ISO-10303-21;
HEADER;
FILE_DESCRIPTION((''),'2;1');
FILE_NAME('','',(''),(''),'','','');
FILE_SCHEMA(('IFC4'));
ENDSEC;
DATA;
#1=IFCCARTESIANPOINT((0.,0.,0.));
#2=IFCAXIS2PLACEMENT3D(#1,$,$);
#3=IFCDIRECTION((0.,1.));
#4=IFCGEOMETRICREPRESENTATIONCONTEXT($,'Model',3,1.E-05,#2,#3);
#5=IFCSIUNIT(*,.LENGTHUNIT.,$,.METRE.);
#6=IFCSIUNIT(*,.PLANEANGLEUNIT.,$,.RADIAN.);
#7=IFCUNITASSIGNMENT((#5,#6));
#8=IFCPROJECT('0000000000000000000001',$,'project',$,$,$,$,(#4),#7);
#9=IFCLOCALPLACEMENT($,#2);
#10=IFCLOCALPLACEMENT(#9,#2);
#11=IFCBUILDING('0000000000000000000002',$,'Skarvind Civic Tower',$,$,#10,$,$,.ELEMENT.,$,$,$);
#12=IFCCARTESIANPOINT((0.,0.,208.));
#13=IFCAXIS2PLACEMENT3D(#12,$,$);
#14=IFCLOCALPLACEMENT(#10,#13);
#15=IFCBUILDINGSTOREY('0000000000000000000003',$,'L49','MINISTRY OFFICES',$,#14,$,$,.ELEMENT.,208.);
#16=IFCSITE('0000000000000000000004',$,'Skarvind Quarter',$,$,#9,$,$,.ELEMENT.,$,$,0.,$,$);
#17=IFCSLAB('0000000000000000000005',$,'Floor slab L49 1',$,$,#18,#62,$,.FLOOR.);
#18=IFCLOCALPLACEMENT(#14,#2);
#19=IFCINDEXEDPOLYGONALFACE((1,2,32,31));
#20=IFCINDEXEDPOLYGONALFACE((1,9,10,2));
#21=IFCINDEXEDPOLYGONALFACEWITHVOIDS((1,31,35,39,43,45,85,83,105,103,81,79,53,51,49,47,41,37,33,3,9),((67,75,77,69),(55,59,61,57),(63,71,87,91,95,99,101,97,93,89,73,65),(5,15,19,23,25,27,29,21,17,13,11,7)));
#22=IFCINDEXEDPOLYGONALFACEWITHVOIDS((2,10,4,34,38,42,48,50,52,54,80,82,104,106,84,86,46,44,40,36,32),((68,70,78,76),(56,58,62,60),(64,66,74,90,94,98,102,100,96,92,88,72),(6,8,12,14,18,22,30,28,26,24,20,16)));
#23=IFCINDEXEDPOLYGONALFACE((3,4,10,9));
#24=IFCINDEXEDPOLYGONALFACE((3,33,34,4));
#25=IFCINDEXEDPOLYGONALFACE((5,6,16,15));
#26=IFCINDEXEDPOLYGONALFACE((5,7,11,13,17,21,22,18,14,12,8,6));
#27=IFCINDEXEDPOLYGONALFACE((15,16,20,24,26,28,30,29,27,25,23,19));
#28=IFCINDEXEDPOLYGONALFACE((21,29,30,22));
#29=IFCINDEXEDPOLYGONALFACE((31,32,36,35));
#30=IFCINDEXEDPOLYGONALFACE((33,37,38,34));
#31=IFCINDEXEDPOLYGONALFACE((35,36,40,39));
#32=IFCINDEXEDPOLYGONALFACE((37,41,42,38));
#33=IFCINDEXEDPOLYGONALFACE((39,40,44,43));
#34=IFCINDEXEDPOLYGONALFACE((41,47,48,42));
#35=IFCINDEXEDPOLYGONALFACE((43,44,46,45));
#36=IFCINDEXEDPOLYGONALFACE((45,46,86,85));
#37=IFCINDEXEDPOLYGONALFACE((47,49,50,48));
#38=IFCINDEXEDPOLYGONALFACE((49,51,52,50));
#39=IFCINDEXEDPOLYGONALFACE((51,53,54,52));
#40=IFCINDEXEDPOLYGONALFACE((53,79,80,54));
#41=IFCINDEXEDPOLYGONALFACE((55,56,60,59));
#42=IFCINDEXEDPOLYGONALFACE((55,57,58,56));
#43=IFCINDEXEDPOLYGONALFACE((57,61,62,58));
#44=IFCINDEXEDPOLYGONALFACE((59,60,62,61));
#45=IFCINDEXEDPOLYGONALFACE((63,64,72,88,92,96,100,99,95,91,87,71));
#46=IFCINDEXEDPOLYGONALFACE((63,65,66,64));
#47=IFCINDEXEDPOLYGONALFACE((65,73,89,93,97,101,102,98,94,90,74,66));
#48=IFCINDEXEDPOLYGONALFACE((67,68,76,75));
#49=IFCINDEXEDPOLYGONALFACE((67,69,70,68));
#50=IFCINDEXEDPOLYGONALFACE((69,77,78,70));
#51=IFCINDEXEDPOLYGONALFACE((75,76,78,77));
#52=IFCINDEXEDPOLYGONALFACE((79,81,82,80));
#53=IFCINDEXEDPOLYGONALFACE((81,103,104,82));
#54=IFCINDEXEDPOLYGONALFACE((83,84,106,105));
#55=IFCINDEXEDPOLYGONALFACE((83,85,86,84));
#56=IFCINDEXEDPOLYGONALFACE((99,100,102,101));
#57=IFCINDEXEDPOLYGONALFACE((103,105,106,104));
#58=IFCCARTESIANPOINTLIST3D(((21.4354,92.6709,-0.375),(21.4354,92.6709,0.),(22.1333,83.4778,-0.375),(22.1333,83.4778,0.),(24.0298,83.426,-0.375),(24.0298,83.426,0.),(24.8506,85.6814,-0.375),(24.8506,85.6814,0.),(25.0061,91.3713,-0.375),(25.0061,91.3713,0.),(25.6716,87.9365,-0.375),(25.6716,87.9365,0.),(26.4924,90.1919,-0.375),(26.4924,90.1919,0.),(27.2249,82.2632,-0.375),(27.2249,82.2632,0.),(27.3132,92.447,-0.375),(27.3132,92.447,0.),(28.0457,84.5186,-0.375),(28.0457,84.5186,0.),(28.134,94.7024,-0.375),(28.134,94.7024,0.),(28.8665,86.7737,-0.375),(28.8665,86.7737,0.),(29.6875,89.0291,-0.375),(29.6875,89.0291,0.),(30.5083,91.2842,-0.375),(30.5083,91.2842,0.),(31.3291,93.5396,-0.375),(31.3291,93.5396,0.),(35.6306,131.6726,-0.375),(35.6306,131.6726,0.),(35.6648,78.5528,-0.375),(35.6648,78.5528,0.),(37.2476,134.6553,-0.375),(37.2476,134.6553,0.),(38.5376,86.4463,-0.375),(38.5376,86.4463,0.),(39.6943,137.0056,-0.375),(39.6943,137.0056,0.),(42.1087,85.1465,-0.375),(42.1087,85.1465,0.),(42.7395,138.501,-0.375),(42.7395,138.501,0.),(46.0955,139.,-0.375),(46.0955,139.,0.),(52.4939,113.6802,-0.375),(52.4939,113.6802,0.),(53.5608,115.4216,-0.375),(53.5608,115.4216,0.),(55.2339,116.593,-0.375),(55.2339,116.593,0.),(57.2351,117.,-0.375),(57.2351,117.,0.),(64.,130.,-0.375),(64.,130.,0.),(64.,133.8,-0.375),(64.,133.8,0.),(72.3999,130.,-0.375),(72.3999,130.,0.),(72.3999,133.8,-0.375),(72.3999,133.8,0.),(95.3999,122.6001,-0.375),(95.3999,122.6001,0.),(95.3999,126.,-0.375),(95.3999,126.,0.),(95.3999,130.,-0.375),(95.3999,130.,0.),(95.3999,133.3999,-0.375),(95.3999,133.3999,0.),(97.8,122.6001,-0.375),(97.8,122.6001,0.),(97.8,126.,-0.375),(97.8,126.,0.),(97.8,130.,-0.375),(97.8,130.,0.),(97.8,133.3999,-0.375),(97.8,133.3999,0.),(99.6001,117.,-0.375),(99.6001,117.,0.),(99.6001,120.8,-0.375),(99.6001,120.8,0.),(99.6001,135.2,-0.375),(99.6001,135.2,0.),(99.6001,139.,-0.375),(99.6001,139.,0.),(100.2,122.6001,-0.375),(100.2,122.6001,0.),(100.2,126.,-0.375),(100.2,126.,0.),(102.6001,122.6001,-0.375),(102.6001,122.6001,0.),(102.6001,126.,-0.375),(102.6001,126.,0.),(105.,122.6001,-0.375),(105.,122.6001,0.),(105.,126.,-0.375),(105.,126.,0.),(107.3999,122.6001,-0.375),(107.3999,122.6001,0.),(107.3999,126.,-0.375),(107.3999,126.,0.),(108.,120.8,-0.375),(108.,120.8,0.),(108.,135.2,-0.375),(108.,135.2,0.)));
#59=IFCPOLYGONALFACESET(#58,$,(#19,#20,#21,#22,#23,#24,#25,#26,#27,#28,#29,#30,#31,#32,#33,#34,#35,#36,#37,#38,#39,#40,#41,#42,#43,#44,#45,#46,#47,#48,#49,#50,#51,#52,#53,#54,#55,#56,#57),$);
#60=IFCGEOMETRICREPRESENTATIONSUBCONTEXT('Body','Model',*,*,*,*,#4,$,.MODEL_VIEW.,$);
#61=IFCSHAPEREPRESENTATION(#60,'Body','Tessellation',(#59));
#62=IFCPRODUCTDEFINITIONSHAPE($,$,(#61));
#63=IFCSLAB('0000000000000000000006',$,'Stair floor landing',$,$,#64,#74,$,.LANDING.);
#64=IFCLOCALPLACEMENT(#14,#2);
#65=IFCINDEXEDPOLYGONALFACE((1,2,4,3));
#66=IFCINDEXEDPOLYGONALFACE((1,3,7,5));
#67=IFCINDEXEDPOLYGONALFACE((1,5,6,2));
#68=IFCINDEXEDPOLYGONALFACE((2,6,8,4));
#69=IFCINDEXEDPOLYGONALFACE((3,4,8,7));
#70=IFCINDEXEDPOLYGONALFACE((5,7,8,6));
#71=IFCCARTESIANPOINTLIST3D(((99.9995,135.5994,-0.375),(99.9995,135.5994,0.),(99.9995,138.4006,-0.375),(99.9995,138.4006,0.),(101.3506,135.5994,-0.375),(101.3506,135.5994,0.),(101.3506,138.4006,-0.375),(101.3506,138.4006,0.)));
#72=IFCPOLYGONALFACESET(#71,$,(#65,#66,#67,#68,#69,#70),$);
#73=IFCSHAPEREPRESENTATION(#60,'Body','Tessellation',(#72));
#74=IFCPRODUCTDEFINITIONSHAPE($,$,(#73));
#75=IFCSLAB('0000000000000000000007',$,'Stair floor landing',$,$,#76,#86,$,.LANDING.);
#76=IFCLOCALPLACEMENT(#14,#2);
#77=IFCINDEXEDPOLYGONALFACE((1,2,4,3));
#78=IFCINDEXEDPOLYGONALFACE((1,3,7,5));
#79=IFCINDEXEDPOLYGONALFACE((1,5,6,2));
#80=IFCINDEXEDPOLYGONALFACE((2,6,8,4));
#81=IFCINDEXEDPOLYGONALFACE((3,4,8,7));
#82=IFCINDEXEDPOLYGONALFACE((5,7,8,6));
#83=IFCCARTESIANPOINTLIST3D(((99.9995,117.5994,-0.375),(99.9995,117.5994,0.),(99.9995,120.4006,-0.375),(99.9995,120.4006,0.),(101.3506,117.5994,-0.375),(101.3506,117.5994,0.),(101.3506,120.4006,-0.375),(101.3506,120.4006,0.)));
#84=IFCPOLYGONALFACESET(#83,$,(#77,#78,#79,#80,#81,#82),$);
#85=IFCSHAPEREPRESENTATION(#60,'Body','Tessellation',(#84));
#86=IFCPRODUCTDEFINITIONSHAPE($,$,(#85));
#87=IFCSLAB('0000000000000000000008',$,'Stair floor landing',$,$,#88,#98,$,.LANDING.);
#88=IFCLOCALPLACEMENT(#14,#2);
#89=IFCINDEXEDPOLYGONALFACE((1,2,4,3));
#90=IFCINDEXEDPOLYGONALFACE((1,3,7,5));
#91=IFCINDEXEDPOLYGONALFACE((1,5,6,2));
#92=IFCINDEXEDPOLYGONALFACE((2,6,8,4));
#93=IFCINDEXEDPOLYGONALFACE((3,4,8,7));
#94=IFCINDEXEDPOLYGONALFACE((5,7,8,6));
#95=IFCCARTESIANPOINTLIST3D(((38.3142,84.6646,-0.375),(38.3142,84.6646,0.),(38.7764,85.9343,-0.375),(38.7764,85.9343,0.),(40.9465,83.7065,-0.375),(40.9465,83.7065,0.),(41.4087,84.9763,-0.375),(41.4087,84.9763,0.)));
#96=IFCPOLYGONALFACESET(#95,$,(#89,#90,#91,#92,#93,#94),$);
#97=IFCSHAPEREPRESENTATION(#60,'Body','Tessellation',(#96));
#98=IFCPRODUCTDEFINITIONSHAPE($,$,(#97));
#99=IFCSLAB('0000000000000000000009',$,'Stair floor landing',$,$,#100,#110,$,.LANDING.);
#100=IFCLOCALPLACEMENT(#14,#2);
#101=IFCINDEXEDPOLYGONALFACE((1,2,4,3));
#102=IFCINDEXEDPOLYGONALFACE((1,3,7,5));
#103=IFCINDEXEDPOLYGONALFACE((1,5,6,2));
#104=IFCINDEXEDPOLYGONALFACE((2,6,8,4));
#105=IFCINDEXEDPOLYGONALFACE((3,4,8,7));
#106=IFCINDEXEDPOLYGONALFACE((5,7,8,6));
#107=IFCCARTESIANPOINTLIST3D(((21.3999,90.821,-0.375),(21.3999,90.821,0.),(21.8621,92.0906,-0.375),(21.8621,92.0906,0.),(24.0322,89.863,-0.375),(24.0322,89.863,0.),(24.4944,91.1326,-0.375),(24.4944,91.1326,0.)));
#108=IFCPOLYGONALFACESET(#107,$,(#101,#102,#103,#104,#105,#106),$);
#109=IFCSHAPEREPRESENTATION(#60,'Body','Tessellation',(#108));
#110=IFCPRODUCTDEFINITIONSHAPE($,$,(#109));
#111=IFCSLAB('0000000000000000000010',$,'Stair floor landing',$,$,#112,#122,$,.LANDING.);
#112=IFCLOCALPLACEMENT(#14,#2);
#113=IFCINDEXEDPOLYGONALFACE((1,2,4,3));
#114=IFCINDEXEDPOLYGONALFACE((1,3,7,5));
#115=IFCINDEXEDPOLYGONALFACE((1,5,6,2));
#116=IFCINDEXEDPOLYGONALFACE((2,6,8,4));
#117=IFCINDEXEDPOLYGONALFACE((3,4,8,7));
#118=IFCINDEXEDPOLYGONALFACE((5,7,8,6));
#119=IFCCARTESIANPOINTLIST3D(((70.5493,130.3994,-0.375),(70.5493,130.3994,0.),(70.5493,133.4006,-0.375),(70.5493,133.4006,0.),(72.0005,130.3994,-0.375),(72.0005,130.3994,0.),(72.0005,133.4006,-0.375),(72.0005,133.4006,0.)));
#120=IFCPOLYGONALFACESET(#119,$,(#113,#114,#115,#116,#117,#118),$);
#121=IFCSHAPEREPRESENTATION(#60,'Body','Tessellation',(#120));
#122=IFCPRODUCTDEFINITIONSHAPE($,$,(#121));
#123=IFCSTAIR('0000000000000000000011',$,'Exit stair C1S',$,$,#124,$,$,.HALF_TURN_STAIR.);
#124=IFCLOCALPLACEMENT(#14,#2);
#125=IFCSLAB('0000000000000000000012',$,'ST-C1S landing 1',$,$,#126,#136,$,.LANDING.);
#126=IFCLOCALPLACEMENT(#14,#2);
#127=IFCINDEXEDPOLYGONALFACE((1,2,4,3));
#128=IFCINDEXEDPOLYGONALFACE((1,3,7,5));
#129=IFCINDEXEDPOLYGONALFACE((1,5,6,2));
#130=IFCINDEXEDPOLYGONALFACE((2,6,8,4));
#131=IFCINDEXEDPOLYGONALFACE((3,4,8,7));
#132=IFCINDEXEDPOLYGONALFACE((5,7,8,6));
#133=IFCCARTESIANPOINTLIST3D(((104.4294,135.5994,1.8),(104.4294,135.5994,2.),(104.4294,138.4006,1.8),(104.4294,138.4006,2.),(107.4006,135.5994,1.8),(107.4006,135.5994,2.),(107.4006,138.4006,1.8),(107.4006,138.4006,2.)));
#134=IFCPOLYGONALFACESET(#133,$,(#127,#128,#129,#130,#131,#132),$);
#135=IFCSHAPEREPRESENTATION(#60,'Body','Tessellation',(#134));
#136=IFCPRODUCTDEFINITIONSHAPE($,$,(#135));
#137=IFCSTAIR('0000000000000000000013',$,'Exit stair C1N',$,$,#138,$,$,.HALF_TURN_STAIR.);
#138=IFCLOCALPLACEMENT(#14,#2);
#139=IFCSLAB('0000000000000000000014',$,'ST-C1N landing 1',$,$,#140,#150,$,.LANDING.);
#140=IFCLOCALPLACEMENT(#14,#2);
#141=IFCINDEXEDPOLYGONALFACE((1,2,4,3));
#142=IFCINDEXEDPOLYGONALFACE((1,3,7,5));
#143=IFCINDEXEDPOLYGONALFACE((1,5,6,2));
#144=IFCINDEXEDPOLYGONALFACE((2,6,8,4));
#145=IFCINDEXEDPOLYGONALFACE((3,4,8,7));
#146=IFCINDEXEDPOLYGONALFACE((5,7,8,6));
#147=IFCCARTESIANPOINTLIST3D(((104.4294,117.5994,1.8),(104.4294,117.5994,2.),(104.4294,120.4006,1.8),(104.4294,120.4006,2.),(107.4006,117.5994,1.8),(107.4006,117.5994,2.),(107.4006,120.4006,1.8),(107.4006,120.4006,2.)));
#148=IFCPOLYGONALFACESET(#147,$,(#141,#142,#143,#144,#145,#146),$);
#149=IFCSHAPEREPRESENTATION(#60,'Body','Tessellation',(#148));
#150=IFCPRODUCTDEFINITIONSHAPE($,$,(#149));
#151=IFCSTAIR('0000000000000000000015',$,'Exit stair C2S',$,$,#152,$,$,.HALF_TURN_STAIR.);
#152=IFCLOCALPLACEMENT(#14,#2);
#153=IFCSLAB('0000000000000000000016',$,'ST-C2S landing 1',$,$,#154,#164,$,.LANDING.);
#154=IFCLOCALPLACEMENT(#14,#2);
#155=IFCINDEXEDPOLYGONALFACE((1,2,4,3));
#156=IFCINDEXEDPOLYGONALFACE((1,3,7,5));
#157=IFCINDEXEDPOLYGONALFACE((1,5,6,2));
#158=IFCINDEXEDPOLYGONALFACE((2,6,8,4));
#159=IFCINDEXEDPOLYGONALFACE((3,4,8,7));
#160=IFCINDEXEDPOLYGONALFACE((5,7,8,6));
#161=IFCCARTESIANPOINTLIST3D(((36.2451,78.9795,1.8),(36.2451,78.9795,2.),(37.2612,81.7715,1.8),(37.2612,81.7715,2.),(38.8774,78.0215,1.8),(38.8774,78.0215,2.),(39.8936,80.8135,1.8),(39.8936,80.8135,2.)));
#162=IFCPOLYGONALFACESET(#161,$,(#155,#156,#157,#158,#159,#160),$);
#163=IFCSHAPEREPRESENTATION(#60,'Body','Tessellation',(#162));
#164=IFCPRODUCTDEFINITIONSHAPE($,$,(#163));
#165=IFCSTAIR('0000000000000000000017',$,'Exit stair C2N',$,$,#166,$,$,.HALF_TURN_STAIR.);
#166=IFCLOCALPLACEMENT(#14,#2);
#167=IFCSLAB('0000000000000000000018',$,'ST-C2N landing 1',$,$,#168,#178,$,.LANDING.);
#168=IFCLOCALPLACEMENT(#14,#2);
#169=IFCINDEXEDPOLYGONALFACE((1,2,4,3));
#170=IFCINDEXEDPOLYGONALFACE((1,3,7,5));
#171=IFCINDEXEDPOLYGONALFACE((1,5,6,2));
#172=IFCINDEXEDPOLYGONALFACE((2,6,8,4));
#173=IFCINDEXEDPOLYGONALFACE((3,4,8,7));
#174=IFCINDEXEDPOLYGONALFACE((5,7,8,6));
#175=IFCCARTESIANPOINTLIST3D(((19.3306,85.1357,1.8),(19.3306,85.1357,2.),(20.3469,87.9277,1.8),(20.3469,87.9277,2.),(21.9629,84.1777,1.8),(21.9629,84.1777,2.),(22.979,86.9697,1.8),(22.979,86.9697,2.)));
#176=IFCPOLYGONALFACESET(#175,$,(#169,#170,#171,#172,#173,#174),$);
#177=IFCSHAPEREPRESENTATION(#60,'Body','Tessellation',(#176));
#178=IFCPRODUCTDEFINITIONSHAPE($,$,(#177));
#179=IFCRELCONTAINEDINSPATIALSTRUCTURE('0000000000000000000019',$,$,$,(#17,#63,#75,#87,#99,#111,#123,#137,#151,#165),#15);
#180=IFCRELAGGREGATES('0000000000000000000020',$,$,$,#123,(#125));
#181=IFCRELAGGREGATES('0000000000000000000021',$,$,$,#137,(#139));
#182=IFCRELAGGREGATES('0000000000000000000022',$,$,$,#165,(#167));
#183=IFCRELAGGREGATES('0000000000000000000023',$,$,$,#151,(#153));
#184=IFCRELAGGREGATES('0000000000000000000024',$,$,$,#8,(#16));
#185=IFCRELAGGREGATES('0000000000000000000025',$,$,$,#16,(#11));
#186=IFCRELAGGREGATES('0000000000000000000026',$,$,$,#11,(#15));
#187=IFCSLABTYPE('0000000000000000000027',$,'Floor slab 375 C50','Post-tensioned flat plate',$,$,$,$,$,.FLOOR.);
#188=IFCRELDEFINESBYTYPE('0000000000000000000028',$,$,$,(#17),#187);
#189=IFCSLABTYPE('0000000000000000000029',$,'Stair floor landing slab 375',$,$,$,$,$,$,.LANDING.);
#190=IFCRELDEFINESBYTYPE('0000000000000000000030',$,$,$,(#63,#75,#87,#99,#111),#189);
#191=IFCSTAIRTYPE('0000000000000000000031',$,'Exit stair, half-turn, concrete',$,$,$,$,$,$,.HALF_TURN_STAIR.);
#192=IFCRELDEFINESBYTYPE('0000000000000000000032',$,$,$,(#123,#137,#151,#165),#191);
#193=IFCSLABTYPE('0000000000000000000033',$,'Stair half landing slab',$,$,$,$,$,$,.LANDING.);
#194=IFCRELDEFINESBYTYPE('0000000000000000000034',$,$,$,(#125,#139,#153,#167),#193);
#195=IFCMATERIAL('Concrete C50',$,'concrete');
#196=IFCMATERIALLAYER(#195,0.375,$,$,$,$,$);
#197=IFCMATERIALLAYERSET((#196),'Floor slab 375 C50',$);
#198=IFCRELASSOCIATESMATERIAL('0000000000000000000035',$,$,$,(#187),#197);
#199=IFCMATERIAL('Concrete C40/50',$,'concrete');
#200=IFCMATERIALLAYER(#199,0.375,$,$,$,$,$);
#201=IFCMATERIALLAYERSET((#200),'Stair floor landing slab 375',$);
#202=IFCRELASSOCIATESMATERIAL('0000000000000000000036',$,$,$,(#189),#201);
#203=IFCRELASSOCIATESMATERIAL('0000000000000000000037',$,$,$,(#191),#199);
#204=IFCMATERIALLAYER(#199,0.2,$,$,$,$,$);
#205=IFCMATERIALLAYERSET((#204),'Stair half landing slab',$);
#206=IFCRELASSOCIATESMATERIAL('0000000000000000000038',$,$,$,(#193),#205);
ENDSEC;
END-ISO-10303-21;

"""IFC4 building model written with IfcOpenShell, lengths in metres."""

from ifc_helpers import new_model, si_unit, direction, frame, origin, place, context, subcontext, project, spatial, polyline, outline, extrude, material, layer, layer_set, type_object, element, aggregate, save


model = new_model("IFC4")

# Units and contexts
model_context = context("Model", 3, precision=1e-05, world=origin(), true_north=direction((0.0, 1.0)))
body_context = subcontext(model_context, "Body", "Model", "MODEL_VIEW")
ifc_project = project(units=[si_unit("LENGTHUNIT", "METRE"), si_unit("PLANEANGLEUNIT", "RADIAN")], contexts=[model_context])

# Site, building, storey
site_placement = place(None, origin())
site = spatial("IfcSite", under=ifc_project, at=site_placement, Name="Skarvind Quarter", CompositionType="ELEMENT", RefElevation=0.0)
building_placement = place(site_placement, origin())
building = spatial("IfcBuilding", under=site, at=building_placement, Name="Skarvind Civic Tower", CompositionType="ELEMENT")
storey_placement = place(building_placement, frame((0.0, 0.0, 208.0)))
storey = spatial("IfcBuildingStorey", under=building, at=storey_placement, Name="L49", Description="MINISTRY OFFICES", CompositionType="ELEMENT", Elevation=208.0)

# Slabs
ifc_material_1 = material(Name="Concrete C50", Category="concrete")
ifc_layer_1 = layer(ifc_material_1, 0.375)
ifc_layer_set_1 = layer_set([ifc_layer_1], Name="Floor slab 375 C50")
slab_type_1 = type_object("IfcSlabType", Name="Floor slab 375 C50", Description="Post-tensioned flat plate", PredefinedType="FLOOR", material=ifc_layer_set_1)
slab_1_placement = place(storey_placement, frame((0.0, 0.0, -0.375)))
element("IfcSlab", 1, at=slab_1_placement, inside=storey, type_object=slab_type_1, Name="Floor slab L49 1", PredefinedType="FLOOR", context=body_context, shape_type="SweptSolid", body=[
    extrude(outline(polyline([(99.6001, 117.0), (99.6001, 120.8), (108.0, 120.8), (108.0, 135.2), (99.6001, 135.2), (99.6001, 139.0), (46.0955, 139.0), (42.7395, 138.501), (39.6943, 137.0056), (37.2476, 134.6553), (35.6306, 131.6726), (19.4175, 87.1267), (21.4353, 92.6709), (25.0061, 91.3713), (22.1333, 83.4778), (36.8865, 78.1082), (35.6648, 78.5527), (38.5376, 86.4463), (42.1086, 85.1465), (40.0908, 79.6023), (40.0908, 79.6023), (52.4939, 113.6802), (53.5608, 115.4216), (55.2339, 116.593), (57.2351, 117.0), (99.6001, 117.0)]), holes=[polyline([(25.6716, 87.9365), (26.4924, 90.1919), (27.3132, 92.447), (28.134, 94.7024), (31.3291, 93.5396), (30.5083, 91.2842), (29.6875, 89.0291), (28.8665, 86.7737), (28.8665, 86.7737), (28.0457, 84.5186), (27.2249, 82.2632), (24.0298, 83.426), (24.8506, 85.6814), (25.6716, 87.9365), (25.6716, 87.9365)]), polyline([(64.0, 130.0), (64.0, 133.8), (72.3999, 133.8), (72.3999, 130.0), (64.0, 130.0)]), polyline([(97.8, 126.0), (100.2, 126.0), (102.6001, 126.0), (105.0, 126.0), (107.3999, 126.0), (107.3999, 122.6001), (105.0, 122.6001), (102.6001, 122.6001), (100.2, 122.6001), (97.8, 122.6001), (95.3999, 122.6001), (95.3999, 126.0), (97.8, 126.0)]), polyline([(97.8, 133.3999), (97.8, 130.0), (95.3999, 130.0), (95.3999, 133.3999), (97.8, 133.3999)])]), origin(), (0.0, 0.0, 1.0), 0.375),
])
ifc_material_2 = material(Name="Concrete C40/50", Category="concrete")
ifc_layer_2 = layer(ifc_material_2, 0.375)
ifc_layer_set_2 = layer_set([ifc_layer_2], Name="Stair floor landing slab 375")
slab_type_2 = type_object("IfcSlabType", Name="Stair floor landing slab 375", PredefinedType="LANDING", material=ifc_layer_set_2)
slab_2_placement = place(storey_placement, frame((0.0, 0.0, -0.375)))
element("IfcSlab", 2, at=slab_2_placement, inside=storey, type_object=slab_type_2, Name="Stair floor landing", PredefinedType="LANDING", context=body_context, shape_type="SweptSolid", body=[
    extrude(outline(polyline([(101.3506, 138.4006), (101.3506, 135.5994), (99.9995, 135.5994), (99.9995, 138.4006), (101.3506, 138.4006)])), origin(), (0.0, 0.0, 1.0), 0.375),
])
slab_3_placement = place(storey_placement, frame((0.0, 0.0, -0.375)))
element("IfcSlab", 3, at=slab_3_placement, inside=storey, type_object=slab_type_2, Name="Stair floor landing", PredefinedType="LANDING", context=body_context, shape_type="SweptSolid", body=[
    extrude(outline(polyline([(101.3506, 120.4006), (101.3506, 117.5994), (99.9995, 117.5994), (99.9995, 120.4006), (101.3506, 120.4006)])), origin(), (0.0, 0.0, 1.0), 0.375),
])
slab_4_placement = place(storey_placement, frame((0.0, 0.0, -0.375)))
element("IfcSlab", 4, at=slab_4_placement, inside=storey, type_object=slab_type_2, Name="Stair floor landing", PredefinedType="LANDING", context=body_context, shape_type="SweptSolid", body=[
    extrude(outline(polyline([(40.9465, 83.7065), (38.3142, 84.6646), (38.7764, 85.9343), (41.4087, 84.9763), (40.9465, 83.7065)])), origin(), (0.0, 0.0, 1.0), 0.375),
])
slab_5_placement = place(storey_placement, frame((0.0, 0.0, -0.375)))
element("IfcSlab", 5, at=slab_5_placement, inside=storey, type_object=slab_type_2, Name="Stair floor landing", PredefinedType="LANDING", context=body_context, shape_type="SweptSolid", body=[
    extrude(outline(polyline([(24.0322, 89.863), (21.3999, 90.821), (21.8621, 92.0906), (24.4944, 91.1326), (24.0322, 89.863)])), origin(), (0.0, 0.0, 1.0), 0.375),
])
slab_6_placement = place(storey_placement, frame((0.0, 0.0, -0.375)))
element("IfcSlab", 6, at=slab_6_placement, inside=storey, type_object=slab_type_2, Name="Stair floor landing", PredefinedType="LANDING", context=body_context, shape_type="SweptSolid", body=[
    extrude(outline(polyline([(70.5493, 130.3994), (70.5493, 133.4006), (72.0005, 133.4006), (72.0005, 130.3994), (70.5493, 130.3994)])), origin(), (0.0, 0.0, 1.0), 0.375),
])

# Stairs, slabs
stair_type_1 = type_object("IfcStairType", Name="Exit stair, half-turn, concrete", PredefinedType="HALF_TURN_STAIR", material=ifc_material_2)
stair_1_placement = place(storey_placement, origin())
stair_1 = element("IfcStair", 7, at=stair_1_placement, inside=storey, type_object=stair_type_1, Name="Exit stair C1S", PredefinedType="HALF_TURN_STAIR")
ifc_layer_3 = layer(ifc_material_2, 0.2)
ifc_layer_set_3 = layer_set([ifc_layer_3], Name="Stair half landing slab")
slab_type_3 = type_object("IfcSlabType", Name="Stair half landing slab", PredefinedType="LANDING", material=ifc_layer_set_3)
slab_7_placement = place(storey_placement, frame((0.0, 0.0, 1.8)))
slab_7 = element("IfcSlab", 8, at=slab_7_placement, type_object=slab_type_3, Name="ST-C1S landing 1", PredefinedType="LANDING", context=body_context, shape_type="SweptSolid", body=[
    extrude(outline(polyline([(104.4294, 135.5994), (104.4294, 138.4006), (107.4006, 138.4006), (107.4006, 135.5994), (104.4294, 135.5994)])), origin(), (0.0, 0.0, 1.0), 0.2),
])
aggregate(stair_1, [slab_7])
stair_2_placement = place(storey_placement, origin())
stair_2 = element("IfcStair", 9, at=stair_2_placement, inside=storey, type_object=stair_type_1, Name="Exit stair C1N", PredefinedType="HALF_TURN_STAIR")
slab_8_placement = place(storey_placement, frame((0.0, 0.0, 1.8)))
slab_8 = element("IfcSlab", 10, at=slab_8_placement, type_object=slab_type_3, Name="ST-C1N landing 1", PredefinedType="LANDING", context=body_context, shape_type="SweptSolid", body=[
    extrude(outline(polyline([(104.4294, 117.5994), (104.4294, 120.4006), (107.4006, 120.4006), (107.4006, 117.5994), (104.4294, 117.5994)])), origin(), (0.0, 0.0, 1.0), 0.2),
])
aggregate(stair_2, [slab_8])
stair_3_placement = place(storey_placement, origin())
stair_3 = element("IfcStair", 11, at=stair_3_placement, inside=storey, type_object=stair_type_1, Name="Exit stair C2S", PredefinedType="HALF_TURN_STAIR")
slab_9_placement = place(storey_placement, frame((0.0, 0.0, 1.8)))
slab_9 = element("IfcSlab", 12, at=slab_9_placement, type_object=slab_type_3, Name="ST-C2S landing 1", PredefinedType="LANDING", context=body_context, shape_type="SweptSolid", body=[
    extrude(outline(polyline([(37.2612, 81.7715), (39.8936, 80.8135), (38.8774, 78.0215), (36.2451, 78.9795), (37.2612, 81.7715)])), origin(), (0.0, 0.0, 1.0), 0.2),
])
stair_4_placement = place(storey_placement, origin())
stair_4 = element("IfcStair", 13, at=stair_4_placement, inside=storey, type_object=stair_type_1, Name="Exit stair C2N", PredefinedType="HALF_TURN_STAIR")
slab_10_placement = place(storey_placement, frame((0.0, 0.0, 1.8)))
slab_10 = element("IfcSlab", 14, at=slab_10_placement, type_object=slab_type_3, Name="ST-C2N landing 1", PredefinedType="LANDING", context=body_context, shape_type="SweptSolid", body=[
    extrude(outline(polyline([(20.3469, 87.9277), (22.979, 86.9697), (21.9629, 84.1777), (19.3306, 85.1357), (20.3469, 87.9277)])), origin(), (0.0, 0.0, 1.0), 0.2),
])
aggregate(stair_4, [slab_10])

aggregate(stair_3, [slab_9])

save(model, "model.ifc")
